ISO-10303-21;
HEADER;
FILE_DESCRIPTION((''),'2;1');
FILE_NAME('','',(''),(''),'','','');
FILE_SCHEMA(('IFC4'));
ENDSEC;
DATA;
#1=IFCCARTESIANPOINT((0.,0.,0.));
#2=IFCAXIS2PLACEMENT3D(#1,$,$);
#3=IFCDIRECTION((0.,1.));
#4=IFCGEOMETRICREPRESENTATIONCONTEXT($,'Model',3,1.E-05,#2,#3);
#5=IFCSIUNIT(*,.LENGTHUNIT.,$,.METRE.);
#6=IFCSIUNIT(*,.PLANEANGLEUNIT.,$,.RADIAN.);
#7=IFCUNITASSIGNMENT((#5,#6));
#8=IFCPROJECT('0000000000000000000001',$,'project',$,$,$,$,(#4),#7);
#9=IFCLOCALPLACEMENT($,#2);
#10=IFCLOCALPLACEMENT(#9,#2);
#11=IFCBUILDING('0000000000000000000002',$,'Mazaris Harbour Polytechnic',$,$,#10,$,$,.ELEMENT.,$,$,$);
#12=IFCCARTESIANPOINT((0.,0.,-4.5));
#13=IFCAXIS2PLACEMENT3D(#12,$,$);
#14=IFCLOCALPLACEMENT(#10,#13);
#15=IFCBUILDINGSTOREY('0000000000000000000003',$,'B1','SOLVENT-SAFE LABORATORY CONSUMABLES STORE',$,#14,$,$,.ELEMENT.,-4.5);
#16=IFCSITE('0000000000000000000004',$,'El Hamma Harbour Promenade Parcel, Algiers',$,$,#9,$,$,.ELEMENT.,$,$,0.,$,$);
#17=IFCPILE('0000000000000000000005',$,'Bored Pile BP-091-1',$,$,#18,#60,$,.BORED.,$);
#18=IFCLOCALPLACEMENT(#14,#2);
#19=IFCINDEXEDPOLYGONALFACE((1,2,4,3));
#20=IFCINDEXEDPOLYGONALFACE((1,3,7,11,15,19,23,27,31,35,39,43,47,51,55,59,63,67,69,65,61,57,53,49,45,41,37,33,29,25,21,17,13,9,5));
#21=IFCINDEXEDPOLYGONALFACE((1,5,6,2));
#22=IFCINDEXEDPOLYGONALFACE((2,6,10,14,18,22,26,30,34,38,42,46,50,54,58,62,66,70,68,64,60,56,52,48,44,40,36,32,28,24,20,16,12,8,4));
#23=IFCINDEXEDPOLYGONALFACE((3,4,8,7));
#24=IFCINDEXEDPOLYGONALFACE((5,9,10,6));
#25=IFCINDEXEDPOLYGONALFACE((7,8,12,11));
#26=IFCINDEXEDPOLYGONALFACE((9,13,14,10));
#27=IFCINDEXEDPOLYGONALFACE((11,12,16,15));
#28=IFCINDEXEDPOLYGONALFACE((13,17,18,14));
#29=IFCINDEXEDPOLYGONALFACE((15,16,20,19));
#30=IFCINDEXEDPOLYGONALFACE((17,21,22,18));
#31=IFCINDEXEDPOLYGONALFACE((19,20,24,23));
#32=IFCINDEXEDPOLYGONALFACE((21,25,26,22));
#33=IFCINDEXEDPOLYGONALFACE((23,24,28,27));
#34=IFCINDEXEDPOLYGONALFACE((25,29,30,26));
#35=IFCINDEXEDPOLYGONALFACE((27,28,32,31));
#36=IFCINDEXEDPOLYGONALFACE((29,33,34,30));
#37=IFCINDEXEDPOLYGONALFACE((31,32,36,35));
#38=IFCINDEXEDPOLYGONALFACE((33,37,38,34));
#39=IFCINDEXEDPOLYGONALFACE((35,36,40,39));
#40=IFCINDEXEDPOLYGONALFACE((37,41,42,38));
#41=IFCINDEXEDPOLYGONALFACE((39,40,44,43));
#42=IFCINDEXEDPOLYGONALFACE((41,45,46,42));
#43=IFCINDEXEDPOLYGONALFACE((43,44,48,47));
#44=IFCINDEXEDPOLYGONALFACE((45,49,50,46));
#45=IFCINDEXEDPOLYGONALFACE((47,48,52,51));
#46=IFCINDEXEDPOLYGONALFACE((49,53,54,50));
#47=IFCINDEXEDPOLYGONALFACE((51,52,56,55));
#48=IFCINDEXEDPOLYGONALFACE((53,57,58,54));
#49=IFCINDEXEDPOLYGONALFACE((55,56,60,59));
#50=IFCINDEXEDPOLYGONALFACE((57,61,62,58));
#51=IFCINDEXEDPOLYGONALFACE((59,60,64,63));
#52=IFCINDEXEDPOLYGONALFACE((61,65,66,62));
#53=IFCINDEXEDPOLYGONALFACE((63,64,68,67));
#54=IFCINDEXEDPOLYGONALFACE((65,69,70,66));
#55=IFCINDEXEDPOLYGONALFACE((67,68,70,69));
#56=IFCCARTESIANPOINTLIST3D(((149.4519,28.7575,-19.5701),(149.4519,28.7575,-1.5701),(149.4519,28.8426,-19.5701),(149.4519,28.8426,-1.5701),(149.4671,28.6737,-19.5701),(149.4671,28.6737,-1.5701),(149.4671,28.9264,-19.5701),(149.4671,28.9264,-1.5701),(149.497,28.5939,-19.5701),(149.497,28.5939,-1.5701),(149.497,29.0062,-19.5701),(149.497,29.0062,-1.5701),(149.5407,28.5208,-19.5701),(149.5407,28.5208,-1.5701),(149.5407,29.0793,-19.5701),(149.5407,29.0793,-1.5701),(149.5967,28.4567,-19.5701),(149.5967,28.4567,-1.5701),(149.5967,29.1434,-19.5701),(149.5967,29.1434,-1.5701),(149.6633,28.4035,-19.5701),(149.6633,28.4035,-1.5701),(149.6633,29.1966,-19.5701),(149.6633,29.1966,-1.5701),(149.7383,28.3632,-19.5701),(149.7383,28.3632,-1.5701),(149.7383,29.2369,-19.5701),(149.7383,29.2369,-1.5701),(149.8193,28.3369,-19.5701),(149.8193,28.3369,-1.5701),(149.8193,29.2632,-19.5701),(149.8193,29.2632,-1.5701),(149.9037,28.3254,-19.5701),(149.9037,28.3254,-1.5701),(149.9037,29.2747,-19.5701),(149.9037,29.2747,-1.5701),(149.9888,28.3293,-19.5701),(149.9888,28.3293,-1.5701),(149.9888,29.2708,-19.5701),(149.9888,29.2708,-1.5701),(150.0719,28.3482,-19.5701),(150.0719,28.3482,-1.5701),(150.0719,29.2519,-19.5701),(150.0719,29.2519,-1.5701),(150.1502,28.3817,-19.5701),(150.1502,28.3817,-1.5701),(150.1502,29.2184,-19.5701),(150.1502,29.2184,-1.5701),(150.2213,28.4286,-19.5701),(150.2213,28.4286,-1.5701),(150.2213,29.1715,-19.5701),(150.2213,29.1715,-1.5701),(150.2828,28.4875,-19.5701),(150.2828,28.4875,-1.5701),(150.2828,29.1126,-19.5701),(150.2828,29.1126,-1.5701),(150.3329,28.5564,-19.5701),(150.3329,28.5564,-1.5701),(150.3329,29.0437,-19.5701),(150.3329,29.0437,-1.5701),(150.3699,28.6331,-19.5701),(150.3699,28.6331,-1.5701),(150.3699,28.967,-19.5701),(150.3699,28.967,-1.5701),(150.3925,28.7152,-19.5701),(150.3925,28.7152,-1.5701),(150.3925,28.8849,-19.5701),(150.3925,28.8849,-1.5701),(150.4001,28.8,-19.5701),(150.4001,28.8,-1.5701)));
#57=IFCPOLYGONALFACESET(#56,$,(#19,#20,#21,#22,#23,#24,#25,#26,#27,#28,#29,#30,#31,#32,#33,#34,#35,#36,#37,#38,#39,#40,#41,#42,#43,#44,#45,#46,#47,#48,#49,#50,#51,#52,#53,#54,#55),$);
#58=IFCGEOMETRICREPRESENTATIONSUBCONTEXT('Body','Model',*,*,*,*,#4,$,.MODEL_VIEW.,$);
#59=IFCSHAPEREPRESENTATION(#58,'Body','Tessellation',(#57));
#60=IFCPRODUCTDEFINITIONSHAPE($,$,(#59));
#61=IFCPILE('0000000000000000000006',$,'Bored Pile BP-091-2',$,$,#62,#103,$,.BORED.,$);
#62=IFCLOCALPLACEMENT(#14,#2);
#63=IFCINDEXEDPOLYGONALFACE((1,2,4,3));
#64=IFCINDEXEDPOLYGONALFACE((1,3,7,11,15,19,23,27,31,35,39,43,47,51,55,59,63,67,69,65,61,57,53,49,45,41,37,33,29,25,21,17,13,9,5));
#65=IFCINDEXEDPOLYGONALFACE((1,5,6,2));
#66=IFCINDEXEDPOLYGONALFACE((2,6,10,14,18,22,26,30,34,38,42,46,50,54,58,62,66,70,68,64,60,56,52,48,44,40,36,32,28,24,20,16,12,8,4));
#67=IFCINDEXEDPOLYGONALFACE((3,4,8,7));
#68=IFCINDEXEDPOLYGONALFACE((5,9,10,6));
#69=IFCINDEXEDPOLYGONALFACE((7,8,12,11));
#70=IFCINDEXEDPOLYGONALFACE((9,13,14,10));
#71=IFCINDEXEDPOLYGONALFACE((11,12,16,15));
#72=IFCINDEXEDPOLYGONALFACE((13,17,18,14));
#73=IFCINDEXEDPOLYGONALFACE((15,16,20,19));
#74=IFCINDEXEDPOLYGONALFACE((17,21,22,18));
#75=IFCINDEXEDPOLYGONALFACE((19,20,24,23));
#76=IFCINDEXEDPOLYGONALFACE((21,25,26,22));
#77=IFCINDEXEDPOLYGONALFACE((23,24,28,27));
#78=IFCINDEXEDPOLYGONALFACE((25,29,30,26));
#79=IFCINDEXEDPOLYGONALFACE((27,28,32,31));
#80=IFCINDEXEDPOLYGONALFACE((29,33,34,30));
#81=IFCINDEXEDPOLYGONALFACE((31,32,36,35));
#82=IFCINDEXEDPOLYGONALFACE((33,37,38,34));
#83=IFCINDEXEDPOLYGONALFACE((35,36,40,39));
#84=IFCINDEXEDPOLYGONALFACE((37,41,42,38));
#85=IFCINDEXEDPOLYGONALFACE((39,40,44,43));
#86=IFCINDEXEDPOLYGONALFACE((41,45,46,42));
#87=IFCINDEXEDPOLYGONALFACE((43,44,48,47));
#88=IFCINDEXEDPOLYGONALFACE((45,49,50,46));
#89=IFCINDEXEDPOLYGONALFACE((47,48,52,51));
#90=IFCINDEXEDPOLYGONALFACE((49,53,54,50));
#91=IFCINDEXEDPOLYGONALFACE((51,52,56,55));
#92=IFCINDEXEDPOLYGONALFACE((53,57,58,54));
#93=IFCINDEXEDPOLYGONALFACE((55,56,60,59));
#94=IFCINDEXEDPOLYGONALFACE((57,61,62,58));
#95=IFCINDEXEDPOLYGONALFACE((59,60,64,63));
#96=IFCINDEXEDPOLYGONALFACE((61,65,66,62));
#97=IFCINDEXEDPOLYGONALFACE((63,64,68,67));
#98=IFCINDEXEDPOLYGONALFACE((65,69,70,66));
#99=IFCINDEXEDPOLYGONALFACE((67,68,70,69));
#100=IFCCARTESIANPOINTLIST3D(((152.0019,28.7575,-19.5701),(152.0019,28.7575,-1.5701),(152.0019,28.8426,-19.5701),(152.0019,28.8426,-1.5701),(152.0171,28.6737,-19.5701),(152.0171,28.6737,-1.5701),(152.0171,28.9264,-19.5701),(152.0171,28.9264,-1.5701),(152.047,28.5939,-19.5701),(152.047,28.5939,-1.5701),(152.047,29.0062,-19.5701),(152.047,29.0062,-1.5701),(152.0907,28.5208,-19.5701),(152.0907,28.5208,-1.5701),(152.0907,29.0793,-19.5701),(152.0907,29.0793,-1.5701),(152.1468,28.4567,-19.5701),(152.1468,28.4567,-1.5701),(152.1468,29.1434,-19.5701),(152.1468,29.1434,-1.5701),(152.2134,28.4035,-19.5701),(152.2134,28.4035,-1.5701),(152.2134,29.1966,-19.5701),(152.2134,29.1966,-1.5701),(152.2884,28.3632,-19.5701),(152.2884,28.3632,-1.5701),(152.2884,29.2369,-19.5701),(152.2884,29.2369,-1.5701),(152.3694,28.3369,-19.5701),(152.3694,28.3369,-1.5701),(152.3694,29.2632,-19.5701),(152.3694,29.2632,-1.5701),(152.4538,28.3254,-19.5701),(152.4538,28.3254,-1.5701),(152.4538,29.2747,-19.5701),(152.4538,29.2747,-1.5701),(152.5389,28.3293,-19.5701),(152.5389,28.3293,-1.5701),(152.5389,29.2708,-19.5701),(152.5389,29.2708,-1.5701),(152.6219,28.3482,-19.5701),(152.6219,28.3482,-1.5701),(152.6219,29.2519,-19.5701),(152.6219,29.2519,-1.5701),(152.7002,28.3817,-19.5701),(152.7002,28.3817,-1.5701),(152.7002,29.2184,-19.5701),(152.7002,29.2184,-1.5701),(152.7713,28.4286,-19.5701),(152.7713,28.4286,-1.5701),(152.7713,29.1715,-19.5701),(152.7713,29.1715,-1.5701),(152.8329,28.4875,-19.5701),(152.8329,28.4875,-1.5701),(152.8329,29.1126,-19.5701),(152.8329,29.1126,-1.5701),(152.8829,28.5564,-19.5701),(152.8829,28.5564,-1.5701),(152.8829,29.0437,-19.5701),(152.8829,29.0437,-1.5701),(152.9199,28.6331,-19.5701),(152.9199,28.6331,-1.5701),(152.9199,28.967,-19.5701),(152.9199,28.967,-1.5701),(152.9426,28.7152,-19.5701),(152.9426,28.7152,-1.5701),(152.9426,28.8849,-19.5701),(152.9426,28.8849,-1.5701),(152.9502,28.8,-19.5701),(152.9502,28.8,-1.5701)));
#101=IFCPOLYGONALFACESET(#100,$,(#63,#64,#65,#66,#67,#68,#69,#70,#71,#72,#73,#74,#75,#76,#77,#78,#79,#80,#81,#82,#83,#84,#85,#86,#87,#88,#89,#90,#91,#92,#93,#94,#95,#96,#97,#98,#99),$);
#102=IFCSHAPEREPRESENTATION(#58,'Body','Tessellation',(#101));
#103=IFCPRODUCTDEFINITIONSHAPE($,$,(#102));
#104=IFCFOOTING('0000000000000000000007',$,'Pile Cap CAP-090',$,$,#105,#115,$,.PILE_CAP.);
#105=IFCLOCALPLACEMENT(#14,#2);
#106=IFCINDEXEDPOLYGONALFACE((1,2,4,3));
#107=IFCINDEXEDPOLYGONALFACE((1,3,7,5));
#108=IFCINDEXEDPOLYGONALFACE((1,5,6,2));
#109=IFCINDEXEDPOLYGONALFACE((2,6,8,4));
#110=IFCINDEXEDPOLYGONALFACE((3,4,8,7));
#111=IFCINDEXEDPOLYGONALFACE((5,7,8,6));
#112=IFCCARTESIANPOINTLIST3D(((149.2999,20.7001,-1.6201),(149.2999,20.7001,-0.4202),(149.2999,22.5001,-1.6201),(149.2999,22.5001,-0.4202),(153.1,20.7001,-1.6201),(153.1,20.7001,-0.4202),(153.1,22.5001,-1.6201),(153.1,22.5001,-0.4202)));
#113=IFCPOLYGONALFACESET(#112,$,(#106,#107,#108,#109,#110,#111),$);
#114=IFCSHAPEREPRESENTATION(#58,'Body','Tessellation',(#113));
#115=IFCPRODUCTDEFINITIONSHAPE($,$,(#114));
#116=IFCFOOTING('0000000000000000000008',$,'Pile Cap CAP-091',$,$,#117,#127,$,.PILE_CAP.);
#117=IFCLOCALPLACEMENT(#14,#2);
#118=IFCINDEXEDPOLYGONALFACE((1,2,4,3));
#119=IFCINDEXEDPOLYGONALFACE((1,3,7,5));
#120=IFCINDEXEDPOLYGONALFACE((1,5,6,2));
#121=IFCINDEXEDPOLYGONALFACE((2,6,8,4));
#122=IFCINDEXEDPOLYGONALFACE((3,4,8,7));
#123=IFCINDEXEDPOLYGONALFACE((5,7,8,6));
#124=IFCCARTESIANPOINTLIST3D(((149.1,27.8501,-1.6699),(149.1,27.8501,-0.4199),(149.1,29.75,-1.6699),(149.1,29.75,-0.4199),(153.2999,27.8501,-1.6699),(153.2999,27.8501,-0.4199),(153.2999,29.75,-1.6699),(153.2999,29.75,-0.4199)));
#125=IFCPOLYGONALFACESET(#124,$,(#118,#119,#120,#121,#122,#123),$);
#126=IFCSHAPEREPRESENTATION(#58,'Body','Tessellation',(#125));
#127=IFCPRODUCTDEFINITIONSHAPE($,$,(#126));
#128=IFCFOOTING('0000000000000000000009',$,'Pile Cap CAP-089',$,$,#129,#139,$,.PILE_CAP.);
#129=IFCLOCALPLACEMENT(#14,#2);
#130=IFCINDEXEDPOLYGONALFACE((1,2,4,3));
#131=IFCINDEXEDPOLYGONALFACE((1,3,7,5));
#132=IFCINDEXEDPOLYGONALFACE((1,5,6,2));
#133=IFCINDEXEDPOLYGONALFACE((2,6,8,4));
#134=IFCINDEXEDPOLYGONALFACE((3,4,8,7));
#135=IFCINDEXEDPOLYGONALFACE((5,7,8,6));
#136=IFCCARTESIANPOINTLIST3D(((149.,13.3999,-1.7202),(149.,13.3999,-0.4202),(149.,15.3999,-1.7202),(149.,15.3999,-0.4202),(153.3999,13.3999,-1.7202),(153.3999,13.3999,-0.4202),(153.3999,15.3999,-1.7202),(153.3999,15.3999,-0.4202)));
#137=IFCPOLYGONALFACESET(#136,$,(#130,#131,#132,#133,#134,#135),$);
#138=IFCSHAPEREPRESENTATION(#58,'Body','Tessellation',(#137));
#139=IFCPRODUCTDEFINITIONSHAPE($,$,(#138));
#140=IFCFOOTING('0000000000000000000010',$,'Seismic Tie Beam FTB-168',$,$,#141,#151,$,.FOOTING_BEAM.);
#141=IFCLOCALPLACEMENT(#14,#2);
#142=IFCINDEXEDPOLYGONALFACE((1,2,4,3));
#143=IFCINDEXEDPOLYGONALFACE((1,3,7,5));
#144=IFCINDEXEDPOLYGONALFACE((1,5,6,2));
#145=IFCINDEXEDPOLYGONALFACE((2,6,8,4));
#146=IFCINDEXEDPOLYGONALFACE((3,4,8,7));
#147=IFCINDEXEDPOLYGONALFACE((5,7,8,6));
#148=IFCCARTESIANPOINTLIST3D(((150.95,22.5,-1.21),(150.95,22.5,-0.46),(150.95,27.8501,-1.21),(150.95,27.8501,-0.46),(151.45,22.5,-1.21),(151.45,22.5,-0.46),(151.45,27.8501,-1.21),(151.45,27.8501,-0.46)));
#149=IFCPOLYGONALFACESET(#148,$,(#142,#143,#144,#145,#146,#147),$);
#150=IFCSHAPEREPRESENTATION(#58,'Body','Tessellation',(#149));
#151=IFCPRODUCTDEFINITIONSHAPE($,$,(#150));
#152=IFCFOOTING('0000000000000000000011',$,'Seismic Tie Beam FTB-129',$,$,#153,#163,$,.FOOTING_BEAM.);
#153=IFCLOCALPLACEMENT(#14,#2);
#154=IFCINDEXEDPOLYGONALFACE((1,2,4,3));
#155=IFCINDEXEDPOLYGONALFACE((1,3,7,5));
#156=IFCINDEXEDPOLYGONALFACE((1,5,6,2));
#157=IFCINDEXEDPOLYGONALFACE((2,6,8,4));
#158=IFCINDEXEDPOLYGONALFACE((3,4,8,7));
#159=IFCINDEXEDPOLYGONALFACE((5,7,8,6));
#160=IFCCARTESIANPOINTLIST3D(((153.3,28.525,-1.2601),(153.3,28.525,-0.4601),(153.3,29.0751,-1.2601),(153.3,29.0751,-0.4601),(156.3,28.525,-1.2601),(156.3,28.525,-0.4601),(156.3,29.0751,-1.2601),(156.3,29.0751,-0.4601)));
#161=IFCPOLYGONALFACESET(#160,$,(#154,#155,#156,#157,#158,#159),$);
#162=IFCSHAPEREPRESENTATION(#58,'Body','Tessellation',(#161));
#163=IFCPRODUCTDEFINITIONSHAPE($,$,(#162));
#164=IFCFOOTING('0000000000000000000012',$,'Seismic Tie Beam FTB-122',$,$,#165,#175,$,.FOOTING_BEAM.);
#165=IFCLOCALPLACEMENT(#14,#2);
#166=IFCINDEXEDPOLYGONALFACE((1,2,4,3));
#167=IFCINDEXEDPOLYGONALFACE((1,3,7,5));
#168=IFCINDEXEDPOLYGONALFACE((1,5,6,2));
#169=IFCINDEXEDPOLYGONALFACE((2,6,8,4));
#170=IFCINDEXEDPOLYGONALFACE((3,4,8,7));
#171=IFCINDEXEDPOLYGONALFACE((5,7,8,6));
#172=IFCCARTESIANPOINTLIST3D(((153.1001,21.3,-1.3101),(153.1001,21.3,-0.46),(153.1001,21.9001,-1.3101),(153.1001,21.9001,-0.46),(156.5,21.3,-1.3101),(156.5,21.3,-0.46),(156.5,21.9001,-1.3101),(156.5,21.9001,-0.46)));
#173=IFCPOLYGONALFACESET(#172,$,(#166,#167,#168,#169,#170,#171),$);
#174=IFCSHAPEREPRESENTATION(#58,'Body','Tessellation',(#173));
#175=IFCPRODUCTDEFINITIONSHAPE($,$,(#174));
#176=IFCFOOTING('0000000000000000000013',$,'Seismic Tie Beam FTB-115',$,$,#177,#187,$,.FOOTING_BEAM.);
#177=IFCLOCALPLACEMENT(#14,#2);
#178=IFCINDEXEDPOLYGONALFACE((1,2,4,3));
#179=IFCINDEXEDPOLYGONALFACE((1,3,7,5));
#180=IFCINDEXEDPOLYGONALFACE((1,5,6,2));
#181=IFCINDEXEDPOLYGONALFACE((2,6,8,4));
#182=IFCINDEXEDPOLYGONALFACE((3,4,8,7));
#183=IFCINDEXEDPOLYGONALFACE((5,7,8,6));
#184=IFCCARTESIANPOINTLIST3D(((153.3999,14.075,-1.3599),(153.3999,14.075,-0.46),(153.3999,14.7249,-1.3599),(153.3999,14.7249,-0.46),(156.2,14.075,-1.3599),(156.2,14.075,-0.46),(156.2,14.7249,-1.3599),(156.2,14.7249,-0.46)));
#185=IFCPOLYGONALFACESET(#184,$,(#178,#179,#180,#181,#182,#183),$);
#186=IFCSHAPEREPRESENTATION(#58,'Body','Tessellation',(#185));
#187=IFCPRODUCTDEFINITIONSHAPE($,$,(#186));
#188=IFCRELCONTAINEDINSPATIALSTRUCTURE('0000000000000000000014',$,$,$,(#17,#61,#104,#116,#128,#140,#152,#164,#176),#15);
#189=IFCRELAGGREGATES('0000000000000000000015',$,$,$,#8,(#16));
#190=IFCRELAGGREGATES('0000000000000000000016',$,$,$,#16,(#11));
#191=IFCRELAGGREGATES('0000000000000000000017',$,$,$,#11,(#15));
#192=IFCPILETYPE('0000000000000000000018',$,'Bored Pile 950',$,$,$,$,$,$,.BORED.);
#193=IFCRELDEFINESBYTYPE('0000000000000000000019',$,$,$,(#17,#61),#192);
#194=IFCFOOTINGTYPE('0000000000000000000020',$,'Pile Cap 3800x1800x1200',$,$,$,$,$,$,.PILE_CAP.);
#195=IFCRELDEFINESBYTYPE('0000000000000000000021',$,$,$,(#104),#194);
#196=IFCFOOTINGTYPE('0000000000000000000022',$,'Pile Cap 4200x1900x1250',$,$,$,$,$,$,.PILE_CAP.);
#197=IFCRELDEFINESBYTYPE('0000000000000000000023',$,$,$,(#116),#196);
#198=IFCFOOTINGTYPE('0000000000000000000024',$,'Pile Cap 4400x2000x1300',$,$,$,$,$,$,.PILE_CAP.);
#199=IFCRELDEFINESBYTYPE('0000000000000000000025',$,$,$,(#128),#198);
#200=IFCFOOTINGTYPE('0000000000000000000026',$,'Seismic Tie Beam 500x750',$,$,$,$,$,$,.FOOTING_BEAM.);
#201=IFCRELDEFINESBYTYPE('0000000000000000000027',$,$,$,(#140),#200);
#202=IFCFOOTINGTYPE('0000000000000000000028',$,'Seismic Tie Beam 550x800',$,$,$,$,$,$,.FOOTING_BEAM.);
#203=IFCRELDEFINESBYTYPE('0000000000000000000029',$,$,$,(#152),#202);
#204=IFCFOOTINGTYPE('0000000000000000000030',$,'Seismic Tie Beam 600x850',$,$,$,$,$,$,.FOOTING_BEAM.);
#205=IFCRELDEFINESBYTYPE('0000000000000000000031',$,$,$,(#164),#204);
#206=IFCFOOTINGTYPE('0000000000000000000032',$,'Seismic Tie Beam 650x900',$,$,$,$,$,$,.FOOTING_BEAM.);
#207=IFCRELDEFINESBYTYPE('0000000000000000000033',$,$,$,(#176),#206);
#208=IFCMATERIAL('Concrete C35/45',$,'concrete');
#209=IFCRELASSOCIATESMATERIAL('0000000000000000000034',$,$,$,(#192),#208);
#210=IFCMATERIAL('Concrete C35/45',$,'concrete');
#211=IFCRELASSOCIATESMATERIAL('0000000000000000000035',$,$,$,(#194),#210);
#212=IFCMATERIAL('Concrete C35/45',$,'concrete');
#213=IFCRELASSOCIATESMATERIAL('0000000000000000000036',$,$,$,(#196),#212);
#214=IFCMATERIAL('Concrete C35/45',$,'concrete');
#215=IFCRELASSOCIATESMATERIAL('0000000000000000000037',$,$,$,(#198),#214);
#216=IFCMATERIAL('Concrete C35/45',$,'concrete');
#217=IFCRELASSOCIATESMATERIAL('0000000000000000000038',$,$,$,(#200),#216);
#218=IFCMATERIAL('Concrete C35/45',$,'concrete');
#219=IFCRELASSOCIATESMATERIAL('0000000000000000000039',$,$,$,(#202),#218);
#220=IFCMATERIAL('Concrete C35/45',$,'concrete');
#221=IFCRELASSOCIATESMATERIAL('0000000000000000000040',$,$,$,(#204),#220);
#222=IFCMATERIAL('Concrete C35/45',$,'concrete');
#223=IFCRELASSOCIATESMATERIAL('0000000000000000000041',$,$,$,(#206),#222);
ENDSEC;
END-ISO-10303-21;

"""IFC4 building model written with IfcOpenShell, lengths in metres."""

from ifc_helpers import new_model, si_unit, direction, frame, origin, origin_2d, place, context, subcontext, project, spatial, rectangle, circle, extrude, material, material_profile, profile_set, type_object, element, save


model = new_model("IFC4")

# Units and contexts
model_context = context("Model", 3, precision=1e-05, world=origin(), true_north=direction((0.0, 1.0)))
body_context = subcontext(model_context, "Body", "Model", "MODEL_VIEW")
ifc_project = project(units=[si_unit("LENGTHUNIT", "METRE"), si_unit("PLANEANGLEUNIT", "RADIAN")], contexts=[model_context])

# Site, building, storey
site_placement = place(None, origin())
site = spatial("IfcSite", under=ifc_project, at=site_placement, Name="El Hamma Harbour Promenade Parcel, Algiers", CompositionType="ELEMENT", RefElevation=0.0)
building_placement = place(site_placement, origin())
building = spatial("IfcBuilding", under=site, at=building_placement, Name="Mazaris Harbour Polytechnic", CompositionType="ELEMENT")
storey_placement = place(building_placement, frame((0.0, 0.0, -4.5)))
storey = spatial("IfcBuildingStorey", under=building, at=storey_placement, Name="B1", Description="SOLVENT-SAFE LABORATORY CONSUMABLES STORE", CompositionType="ELEMENT", Elevation=-4.5)

# Piles
ifc_material_1 = material(Name="Concrete C35/45", Category="concrete")
ifc_material_profile_1 = material_profile(ifc_material_1, circle(Radius=0.4751, at=origin_2d()), Name="DIA950")
ifc_profile_set_1 = profile_set([ifc_material_profile_1], Name="Concrete C35/45")
pile_type_1 = type_object("IfcPileType", Name="Bored Pile 950", PredefinedType="BORED", material=ifc_profile_set_1)
for number, where, z_axis, x_axis, name in (
    (1, (149.925, 28.8, -1.5701), (0.0, 0.0, -1.0), (1.0, 0.0, 0.0), "Bored Pile BP-091-1"),
    (2, (152.4751, 28.8, -1.5701), (0.0, 0.0, -1.0), (1.0, 0.0, 0.0), "Bored Pile BP-091-2"),
):
    element("IfcPile", number, at=place(storey_placement, frame(where, z_axis=z_axis, x_axis=x_axis)), inside=storey, type_object=pile_type_1, Name=name, PredefinedType="BORED", context=body_context, shape_type="SweptSolid", body=[
        extrude(circle(Radius=0.4751, at=origin_2d()), origin(), (0.0, 0.0, 1.0), 18.0),
    ])

# Footings
ifc_material_2 = material(Name="Concrete C35/45", Category="concrete")
footing_type_1 = type_object("IfcFootingType", Name="Pile Cap 3800x1800x1200", PredefinedType="PILE_CAP", material=ifc_material_2)
footing_1_placement = place(storey_placement, frame((151.2, 21.6001, -1.6201), z_axis=(0.0, 0.0, 1.0), x_axis=(1.0, 0.0, 0.0)))
element("IfcFooting", 3, at=footing_1_placement, inside=storey, type_object=footing_type_1, Name="Pile Cap CAP-090", PredefinedType="PILE_CAP", context=body_context, shape_type="SweptSolid", body=[
    extrude(rectangle(XDim=3.8, YDim=1.8, at=origin_2d()), origin(), (0.0, 0.0, 1.0), 1.2),
])
ifc_material_3 = material(Name="Concrete C35/45", Category="concrete")
footing_type_2 = type_object("IfcFootingType", Name="Pile Cap 4200x1900x1250", PredefinedType="PILE_CAP", material=ifc_material_3)
footing_2_placement = place(storey_placement, frame((151.2, 28.8, -1.6699), z_axis=(0.0, 0.0, 1.0), x_axis=(1.0, 0.0, 0.0)))
element("IfcFooting", 4, at=footing_2_placement, inside=storey, type_object=footing_type_2, Name="Pile Cap CAP-091", PredefinedType="PILE_CAP", context=body_context, shape_type="SweptSolid", body=[
    extrude(rectangle(XDim=4.2, YDim=1.8999, at=origin_2d()), origin(), (0.0, 0.0, 1.0), 1.25),
])
ifc_material_4 = material(Name="Concrete C35/45", Category="concrete")
footing_type_3 = type_object("IfcFootingType", Name="Pile Cap 4400x2000x1300", PredefinedType="PILE_CAP", material=ifc_material_4)
footing_3_placement = place(storey_placement, frame((151.2, 14.3999, -1.7202), z_axis=(0.0, 0.0, 1.0), x_axis=(1.0, 0.0, 0.0)))
element("IfcFooting", 5, at=footing_3_placement, inside=storey, type_object=footing_type_3, Name="Pile Cap CAP-089", PredefinedType="PILE_CAP", context=body_context, shape_type="SweptSolid", body=[
    extrude(rectangle(XDim=4.3999, YDim=2.0, at=origin_2d()), origin(), (0.0, 0.0, 1.0), 1.3),
])
ifc_material_5 = material(Name="Concrete C35/45", Category="concrete")
ifc_material_profile_2 = material_profile(ifc_material_5, rectangle(XDim=0.5, YDim=0.75, at=origin_2d()), Name="RECT500x750")
ifc_profile_set_2 = profile_set([ifc_material_profile_2], Name="Concrete C35/45")
footing_type_4 = type_object("IfcFootingType", Name="Seismic Tie Beam 500x750", PredefinedType="FOOTING_BEAM", material=ifc_profile_set_2)
footing_4_placement = place(storey_placement, frame((151.2, 22.5, -0.835), z_axis=(0.0, 1.0, 0.0), x_axis=(-1.0, 0.0, 0.0)))
element("IfcFooting", 6, at=footing_4_placement, inside=storey, type_object=footing_type_4, Name="Seismic Tie Beam FTB-168", PredefinedType="FOOTING_BEAM", context=body_context, shape_type="SweptSolid", body=[
    extrude(rectangle(XDim=0.5, YDim=0.75, at=origin_2d()), origin(), (0.0, 0.0, 1.0), 5.3501),
])
ifc_material_6 = material(Name="Concrete C35/45", Category="concrete")
ifc_material_profile_3 = material_profile(ifc_material_6, rectangle(XDim=0.55, YDim=0.8, at=origin_2d()), Name="RECT550x800")
ifc_profile_set_3 = profile_set([ifc_material_profile_3], Name="Concrete C35/45")
footing_type_5 = type_object("IfcFootingType", Name="Seismic Tie Beam 550x800", PredefinedType="FOOTING_BEAM", material=ifc_profile_set_3)
footing_5_placement = place(storey_placement, frame((153.3, 28.8, -0.8601), z_axis=(1.0, 0.0, 0.0), x_axis=(0.0, 1.0, 0.0)))
element("IfcFooting", 7, at=footing_5_placement, inside=storey, type_object=footing_type_5, Name="Seismic Tie Beam FTB-129", PredefinedType="FOOTING_BEAM", context=body_context, shape_type="SweptSolid", body=[
    extrude(rectangle(XDim=0.55, YDim=0.8, at=origin_2d()), origin(), (0.0, 0.0, 1.0), 3.0),
])
ifc_material_7 = material(Name="Concrete C35/45", Category="concrete")
ifc_material_profile_4 = material_profile(ifc_material_7, rectangle(XDim=0.6001, YDim=0.8501, at=origin_2d()), Name="RECT600x850")
ifc_profile_set_4 = profile_set([ifc_material_profile_4], Name="Concrete C35/45")
footing_type_6 = type_object("IfcFootingType", Name="Seismic Tie Beam 600x850", PredefinedType="FOOTING_BEAM", material=ifc_profile_set_4)
footing_6_placement = place(storey_placement, frame((153.1001, 21.6001, -0.885), z_axis=(1.0, 0.0, 0.0), x_axis=(0.0, 1.0, 0.0)))
element("IfcFooting", 8, at=footing_6_placement, inside=storey, type_object=footing_type_6, Name="Seismic Tie Beam FTB-122", PredefinedType="FOOTING_BEAM", context=body_context, shape_type="SweptSolid", body=[
    extrude(rectangle(XDim=0.6001, YDim=0.8501, at=origin_2d()), origin(), (0.0, 0.0, 1.0), 3.3999),
])
ifc_material_8 = material(Name="Concrete C35/45", Category="concrete")
ifc_material_profile_5 = material_profile(ifc_material_8, rectangle(XDim=0.6499, YDim=0.8999, at=origin_2d()), Name="RECT650x900")
ifc_profile_set_5 = profile_set([ifc_material_profile_5], Name="Concrete C35/45")
footing_type_7 = type_object("IfcFootingType", Name="Seismic Tie Beam 650x900", PredefinedType="FOOTING_BEAM", material=ifc_profile_set_5)
footing_7_placement = place(storey_placement, frame((153.3999, 14.3999, -0.9099), z_axis=(1.0, 0.0, 0.0), x_axis=(0.0, 1.0, 0.0)))
element("IfcFooting", 9, at=footing_7_placement, inside=storey, type_object=footing_type_7, Name="Seismic Tie Beam FTB-115", PredefinedType="FOOTING_BEAM", context=body_context, shape_type="SweptSolid", body=[
    extrude(rectangle(XDim=0.6499, YDim=0.8999, at=origin_2d()), origin(), (0.0, 0.0, 1.0), 2.8),
])

save(model, "model.ifc")
